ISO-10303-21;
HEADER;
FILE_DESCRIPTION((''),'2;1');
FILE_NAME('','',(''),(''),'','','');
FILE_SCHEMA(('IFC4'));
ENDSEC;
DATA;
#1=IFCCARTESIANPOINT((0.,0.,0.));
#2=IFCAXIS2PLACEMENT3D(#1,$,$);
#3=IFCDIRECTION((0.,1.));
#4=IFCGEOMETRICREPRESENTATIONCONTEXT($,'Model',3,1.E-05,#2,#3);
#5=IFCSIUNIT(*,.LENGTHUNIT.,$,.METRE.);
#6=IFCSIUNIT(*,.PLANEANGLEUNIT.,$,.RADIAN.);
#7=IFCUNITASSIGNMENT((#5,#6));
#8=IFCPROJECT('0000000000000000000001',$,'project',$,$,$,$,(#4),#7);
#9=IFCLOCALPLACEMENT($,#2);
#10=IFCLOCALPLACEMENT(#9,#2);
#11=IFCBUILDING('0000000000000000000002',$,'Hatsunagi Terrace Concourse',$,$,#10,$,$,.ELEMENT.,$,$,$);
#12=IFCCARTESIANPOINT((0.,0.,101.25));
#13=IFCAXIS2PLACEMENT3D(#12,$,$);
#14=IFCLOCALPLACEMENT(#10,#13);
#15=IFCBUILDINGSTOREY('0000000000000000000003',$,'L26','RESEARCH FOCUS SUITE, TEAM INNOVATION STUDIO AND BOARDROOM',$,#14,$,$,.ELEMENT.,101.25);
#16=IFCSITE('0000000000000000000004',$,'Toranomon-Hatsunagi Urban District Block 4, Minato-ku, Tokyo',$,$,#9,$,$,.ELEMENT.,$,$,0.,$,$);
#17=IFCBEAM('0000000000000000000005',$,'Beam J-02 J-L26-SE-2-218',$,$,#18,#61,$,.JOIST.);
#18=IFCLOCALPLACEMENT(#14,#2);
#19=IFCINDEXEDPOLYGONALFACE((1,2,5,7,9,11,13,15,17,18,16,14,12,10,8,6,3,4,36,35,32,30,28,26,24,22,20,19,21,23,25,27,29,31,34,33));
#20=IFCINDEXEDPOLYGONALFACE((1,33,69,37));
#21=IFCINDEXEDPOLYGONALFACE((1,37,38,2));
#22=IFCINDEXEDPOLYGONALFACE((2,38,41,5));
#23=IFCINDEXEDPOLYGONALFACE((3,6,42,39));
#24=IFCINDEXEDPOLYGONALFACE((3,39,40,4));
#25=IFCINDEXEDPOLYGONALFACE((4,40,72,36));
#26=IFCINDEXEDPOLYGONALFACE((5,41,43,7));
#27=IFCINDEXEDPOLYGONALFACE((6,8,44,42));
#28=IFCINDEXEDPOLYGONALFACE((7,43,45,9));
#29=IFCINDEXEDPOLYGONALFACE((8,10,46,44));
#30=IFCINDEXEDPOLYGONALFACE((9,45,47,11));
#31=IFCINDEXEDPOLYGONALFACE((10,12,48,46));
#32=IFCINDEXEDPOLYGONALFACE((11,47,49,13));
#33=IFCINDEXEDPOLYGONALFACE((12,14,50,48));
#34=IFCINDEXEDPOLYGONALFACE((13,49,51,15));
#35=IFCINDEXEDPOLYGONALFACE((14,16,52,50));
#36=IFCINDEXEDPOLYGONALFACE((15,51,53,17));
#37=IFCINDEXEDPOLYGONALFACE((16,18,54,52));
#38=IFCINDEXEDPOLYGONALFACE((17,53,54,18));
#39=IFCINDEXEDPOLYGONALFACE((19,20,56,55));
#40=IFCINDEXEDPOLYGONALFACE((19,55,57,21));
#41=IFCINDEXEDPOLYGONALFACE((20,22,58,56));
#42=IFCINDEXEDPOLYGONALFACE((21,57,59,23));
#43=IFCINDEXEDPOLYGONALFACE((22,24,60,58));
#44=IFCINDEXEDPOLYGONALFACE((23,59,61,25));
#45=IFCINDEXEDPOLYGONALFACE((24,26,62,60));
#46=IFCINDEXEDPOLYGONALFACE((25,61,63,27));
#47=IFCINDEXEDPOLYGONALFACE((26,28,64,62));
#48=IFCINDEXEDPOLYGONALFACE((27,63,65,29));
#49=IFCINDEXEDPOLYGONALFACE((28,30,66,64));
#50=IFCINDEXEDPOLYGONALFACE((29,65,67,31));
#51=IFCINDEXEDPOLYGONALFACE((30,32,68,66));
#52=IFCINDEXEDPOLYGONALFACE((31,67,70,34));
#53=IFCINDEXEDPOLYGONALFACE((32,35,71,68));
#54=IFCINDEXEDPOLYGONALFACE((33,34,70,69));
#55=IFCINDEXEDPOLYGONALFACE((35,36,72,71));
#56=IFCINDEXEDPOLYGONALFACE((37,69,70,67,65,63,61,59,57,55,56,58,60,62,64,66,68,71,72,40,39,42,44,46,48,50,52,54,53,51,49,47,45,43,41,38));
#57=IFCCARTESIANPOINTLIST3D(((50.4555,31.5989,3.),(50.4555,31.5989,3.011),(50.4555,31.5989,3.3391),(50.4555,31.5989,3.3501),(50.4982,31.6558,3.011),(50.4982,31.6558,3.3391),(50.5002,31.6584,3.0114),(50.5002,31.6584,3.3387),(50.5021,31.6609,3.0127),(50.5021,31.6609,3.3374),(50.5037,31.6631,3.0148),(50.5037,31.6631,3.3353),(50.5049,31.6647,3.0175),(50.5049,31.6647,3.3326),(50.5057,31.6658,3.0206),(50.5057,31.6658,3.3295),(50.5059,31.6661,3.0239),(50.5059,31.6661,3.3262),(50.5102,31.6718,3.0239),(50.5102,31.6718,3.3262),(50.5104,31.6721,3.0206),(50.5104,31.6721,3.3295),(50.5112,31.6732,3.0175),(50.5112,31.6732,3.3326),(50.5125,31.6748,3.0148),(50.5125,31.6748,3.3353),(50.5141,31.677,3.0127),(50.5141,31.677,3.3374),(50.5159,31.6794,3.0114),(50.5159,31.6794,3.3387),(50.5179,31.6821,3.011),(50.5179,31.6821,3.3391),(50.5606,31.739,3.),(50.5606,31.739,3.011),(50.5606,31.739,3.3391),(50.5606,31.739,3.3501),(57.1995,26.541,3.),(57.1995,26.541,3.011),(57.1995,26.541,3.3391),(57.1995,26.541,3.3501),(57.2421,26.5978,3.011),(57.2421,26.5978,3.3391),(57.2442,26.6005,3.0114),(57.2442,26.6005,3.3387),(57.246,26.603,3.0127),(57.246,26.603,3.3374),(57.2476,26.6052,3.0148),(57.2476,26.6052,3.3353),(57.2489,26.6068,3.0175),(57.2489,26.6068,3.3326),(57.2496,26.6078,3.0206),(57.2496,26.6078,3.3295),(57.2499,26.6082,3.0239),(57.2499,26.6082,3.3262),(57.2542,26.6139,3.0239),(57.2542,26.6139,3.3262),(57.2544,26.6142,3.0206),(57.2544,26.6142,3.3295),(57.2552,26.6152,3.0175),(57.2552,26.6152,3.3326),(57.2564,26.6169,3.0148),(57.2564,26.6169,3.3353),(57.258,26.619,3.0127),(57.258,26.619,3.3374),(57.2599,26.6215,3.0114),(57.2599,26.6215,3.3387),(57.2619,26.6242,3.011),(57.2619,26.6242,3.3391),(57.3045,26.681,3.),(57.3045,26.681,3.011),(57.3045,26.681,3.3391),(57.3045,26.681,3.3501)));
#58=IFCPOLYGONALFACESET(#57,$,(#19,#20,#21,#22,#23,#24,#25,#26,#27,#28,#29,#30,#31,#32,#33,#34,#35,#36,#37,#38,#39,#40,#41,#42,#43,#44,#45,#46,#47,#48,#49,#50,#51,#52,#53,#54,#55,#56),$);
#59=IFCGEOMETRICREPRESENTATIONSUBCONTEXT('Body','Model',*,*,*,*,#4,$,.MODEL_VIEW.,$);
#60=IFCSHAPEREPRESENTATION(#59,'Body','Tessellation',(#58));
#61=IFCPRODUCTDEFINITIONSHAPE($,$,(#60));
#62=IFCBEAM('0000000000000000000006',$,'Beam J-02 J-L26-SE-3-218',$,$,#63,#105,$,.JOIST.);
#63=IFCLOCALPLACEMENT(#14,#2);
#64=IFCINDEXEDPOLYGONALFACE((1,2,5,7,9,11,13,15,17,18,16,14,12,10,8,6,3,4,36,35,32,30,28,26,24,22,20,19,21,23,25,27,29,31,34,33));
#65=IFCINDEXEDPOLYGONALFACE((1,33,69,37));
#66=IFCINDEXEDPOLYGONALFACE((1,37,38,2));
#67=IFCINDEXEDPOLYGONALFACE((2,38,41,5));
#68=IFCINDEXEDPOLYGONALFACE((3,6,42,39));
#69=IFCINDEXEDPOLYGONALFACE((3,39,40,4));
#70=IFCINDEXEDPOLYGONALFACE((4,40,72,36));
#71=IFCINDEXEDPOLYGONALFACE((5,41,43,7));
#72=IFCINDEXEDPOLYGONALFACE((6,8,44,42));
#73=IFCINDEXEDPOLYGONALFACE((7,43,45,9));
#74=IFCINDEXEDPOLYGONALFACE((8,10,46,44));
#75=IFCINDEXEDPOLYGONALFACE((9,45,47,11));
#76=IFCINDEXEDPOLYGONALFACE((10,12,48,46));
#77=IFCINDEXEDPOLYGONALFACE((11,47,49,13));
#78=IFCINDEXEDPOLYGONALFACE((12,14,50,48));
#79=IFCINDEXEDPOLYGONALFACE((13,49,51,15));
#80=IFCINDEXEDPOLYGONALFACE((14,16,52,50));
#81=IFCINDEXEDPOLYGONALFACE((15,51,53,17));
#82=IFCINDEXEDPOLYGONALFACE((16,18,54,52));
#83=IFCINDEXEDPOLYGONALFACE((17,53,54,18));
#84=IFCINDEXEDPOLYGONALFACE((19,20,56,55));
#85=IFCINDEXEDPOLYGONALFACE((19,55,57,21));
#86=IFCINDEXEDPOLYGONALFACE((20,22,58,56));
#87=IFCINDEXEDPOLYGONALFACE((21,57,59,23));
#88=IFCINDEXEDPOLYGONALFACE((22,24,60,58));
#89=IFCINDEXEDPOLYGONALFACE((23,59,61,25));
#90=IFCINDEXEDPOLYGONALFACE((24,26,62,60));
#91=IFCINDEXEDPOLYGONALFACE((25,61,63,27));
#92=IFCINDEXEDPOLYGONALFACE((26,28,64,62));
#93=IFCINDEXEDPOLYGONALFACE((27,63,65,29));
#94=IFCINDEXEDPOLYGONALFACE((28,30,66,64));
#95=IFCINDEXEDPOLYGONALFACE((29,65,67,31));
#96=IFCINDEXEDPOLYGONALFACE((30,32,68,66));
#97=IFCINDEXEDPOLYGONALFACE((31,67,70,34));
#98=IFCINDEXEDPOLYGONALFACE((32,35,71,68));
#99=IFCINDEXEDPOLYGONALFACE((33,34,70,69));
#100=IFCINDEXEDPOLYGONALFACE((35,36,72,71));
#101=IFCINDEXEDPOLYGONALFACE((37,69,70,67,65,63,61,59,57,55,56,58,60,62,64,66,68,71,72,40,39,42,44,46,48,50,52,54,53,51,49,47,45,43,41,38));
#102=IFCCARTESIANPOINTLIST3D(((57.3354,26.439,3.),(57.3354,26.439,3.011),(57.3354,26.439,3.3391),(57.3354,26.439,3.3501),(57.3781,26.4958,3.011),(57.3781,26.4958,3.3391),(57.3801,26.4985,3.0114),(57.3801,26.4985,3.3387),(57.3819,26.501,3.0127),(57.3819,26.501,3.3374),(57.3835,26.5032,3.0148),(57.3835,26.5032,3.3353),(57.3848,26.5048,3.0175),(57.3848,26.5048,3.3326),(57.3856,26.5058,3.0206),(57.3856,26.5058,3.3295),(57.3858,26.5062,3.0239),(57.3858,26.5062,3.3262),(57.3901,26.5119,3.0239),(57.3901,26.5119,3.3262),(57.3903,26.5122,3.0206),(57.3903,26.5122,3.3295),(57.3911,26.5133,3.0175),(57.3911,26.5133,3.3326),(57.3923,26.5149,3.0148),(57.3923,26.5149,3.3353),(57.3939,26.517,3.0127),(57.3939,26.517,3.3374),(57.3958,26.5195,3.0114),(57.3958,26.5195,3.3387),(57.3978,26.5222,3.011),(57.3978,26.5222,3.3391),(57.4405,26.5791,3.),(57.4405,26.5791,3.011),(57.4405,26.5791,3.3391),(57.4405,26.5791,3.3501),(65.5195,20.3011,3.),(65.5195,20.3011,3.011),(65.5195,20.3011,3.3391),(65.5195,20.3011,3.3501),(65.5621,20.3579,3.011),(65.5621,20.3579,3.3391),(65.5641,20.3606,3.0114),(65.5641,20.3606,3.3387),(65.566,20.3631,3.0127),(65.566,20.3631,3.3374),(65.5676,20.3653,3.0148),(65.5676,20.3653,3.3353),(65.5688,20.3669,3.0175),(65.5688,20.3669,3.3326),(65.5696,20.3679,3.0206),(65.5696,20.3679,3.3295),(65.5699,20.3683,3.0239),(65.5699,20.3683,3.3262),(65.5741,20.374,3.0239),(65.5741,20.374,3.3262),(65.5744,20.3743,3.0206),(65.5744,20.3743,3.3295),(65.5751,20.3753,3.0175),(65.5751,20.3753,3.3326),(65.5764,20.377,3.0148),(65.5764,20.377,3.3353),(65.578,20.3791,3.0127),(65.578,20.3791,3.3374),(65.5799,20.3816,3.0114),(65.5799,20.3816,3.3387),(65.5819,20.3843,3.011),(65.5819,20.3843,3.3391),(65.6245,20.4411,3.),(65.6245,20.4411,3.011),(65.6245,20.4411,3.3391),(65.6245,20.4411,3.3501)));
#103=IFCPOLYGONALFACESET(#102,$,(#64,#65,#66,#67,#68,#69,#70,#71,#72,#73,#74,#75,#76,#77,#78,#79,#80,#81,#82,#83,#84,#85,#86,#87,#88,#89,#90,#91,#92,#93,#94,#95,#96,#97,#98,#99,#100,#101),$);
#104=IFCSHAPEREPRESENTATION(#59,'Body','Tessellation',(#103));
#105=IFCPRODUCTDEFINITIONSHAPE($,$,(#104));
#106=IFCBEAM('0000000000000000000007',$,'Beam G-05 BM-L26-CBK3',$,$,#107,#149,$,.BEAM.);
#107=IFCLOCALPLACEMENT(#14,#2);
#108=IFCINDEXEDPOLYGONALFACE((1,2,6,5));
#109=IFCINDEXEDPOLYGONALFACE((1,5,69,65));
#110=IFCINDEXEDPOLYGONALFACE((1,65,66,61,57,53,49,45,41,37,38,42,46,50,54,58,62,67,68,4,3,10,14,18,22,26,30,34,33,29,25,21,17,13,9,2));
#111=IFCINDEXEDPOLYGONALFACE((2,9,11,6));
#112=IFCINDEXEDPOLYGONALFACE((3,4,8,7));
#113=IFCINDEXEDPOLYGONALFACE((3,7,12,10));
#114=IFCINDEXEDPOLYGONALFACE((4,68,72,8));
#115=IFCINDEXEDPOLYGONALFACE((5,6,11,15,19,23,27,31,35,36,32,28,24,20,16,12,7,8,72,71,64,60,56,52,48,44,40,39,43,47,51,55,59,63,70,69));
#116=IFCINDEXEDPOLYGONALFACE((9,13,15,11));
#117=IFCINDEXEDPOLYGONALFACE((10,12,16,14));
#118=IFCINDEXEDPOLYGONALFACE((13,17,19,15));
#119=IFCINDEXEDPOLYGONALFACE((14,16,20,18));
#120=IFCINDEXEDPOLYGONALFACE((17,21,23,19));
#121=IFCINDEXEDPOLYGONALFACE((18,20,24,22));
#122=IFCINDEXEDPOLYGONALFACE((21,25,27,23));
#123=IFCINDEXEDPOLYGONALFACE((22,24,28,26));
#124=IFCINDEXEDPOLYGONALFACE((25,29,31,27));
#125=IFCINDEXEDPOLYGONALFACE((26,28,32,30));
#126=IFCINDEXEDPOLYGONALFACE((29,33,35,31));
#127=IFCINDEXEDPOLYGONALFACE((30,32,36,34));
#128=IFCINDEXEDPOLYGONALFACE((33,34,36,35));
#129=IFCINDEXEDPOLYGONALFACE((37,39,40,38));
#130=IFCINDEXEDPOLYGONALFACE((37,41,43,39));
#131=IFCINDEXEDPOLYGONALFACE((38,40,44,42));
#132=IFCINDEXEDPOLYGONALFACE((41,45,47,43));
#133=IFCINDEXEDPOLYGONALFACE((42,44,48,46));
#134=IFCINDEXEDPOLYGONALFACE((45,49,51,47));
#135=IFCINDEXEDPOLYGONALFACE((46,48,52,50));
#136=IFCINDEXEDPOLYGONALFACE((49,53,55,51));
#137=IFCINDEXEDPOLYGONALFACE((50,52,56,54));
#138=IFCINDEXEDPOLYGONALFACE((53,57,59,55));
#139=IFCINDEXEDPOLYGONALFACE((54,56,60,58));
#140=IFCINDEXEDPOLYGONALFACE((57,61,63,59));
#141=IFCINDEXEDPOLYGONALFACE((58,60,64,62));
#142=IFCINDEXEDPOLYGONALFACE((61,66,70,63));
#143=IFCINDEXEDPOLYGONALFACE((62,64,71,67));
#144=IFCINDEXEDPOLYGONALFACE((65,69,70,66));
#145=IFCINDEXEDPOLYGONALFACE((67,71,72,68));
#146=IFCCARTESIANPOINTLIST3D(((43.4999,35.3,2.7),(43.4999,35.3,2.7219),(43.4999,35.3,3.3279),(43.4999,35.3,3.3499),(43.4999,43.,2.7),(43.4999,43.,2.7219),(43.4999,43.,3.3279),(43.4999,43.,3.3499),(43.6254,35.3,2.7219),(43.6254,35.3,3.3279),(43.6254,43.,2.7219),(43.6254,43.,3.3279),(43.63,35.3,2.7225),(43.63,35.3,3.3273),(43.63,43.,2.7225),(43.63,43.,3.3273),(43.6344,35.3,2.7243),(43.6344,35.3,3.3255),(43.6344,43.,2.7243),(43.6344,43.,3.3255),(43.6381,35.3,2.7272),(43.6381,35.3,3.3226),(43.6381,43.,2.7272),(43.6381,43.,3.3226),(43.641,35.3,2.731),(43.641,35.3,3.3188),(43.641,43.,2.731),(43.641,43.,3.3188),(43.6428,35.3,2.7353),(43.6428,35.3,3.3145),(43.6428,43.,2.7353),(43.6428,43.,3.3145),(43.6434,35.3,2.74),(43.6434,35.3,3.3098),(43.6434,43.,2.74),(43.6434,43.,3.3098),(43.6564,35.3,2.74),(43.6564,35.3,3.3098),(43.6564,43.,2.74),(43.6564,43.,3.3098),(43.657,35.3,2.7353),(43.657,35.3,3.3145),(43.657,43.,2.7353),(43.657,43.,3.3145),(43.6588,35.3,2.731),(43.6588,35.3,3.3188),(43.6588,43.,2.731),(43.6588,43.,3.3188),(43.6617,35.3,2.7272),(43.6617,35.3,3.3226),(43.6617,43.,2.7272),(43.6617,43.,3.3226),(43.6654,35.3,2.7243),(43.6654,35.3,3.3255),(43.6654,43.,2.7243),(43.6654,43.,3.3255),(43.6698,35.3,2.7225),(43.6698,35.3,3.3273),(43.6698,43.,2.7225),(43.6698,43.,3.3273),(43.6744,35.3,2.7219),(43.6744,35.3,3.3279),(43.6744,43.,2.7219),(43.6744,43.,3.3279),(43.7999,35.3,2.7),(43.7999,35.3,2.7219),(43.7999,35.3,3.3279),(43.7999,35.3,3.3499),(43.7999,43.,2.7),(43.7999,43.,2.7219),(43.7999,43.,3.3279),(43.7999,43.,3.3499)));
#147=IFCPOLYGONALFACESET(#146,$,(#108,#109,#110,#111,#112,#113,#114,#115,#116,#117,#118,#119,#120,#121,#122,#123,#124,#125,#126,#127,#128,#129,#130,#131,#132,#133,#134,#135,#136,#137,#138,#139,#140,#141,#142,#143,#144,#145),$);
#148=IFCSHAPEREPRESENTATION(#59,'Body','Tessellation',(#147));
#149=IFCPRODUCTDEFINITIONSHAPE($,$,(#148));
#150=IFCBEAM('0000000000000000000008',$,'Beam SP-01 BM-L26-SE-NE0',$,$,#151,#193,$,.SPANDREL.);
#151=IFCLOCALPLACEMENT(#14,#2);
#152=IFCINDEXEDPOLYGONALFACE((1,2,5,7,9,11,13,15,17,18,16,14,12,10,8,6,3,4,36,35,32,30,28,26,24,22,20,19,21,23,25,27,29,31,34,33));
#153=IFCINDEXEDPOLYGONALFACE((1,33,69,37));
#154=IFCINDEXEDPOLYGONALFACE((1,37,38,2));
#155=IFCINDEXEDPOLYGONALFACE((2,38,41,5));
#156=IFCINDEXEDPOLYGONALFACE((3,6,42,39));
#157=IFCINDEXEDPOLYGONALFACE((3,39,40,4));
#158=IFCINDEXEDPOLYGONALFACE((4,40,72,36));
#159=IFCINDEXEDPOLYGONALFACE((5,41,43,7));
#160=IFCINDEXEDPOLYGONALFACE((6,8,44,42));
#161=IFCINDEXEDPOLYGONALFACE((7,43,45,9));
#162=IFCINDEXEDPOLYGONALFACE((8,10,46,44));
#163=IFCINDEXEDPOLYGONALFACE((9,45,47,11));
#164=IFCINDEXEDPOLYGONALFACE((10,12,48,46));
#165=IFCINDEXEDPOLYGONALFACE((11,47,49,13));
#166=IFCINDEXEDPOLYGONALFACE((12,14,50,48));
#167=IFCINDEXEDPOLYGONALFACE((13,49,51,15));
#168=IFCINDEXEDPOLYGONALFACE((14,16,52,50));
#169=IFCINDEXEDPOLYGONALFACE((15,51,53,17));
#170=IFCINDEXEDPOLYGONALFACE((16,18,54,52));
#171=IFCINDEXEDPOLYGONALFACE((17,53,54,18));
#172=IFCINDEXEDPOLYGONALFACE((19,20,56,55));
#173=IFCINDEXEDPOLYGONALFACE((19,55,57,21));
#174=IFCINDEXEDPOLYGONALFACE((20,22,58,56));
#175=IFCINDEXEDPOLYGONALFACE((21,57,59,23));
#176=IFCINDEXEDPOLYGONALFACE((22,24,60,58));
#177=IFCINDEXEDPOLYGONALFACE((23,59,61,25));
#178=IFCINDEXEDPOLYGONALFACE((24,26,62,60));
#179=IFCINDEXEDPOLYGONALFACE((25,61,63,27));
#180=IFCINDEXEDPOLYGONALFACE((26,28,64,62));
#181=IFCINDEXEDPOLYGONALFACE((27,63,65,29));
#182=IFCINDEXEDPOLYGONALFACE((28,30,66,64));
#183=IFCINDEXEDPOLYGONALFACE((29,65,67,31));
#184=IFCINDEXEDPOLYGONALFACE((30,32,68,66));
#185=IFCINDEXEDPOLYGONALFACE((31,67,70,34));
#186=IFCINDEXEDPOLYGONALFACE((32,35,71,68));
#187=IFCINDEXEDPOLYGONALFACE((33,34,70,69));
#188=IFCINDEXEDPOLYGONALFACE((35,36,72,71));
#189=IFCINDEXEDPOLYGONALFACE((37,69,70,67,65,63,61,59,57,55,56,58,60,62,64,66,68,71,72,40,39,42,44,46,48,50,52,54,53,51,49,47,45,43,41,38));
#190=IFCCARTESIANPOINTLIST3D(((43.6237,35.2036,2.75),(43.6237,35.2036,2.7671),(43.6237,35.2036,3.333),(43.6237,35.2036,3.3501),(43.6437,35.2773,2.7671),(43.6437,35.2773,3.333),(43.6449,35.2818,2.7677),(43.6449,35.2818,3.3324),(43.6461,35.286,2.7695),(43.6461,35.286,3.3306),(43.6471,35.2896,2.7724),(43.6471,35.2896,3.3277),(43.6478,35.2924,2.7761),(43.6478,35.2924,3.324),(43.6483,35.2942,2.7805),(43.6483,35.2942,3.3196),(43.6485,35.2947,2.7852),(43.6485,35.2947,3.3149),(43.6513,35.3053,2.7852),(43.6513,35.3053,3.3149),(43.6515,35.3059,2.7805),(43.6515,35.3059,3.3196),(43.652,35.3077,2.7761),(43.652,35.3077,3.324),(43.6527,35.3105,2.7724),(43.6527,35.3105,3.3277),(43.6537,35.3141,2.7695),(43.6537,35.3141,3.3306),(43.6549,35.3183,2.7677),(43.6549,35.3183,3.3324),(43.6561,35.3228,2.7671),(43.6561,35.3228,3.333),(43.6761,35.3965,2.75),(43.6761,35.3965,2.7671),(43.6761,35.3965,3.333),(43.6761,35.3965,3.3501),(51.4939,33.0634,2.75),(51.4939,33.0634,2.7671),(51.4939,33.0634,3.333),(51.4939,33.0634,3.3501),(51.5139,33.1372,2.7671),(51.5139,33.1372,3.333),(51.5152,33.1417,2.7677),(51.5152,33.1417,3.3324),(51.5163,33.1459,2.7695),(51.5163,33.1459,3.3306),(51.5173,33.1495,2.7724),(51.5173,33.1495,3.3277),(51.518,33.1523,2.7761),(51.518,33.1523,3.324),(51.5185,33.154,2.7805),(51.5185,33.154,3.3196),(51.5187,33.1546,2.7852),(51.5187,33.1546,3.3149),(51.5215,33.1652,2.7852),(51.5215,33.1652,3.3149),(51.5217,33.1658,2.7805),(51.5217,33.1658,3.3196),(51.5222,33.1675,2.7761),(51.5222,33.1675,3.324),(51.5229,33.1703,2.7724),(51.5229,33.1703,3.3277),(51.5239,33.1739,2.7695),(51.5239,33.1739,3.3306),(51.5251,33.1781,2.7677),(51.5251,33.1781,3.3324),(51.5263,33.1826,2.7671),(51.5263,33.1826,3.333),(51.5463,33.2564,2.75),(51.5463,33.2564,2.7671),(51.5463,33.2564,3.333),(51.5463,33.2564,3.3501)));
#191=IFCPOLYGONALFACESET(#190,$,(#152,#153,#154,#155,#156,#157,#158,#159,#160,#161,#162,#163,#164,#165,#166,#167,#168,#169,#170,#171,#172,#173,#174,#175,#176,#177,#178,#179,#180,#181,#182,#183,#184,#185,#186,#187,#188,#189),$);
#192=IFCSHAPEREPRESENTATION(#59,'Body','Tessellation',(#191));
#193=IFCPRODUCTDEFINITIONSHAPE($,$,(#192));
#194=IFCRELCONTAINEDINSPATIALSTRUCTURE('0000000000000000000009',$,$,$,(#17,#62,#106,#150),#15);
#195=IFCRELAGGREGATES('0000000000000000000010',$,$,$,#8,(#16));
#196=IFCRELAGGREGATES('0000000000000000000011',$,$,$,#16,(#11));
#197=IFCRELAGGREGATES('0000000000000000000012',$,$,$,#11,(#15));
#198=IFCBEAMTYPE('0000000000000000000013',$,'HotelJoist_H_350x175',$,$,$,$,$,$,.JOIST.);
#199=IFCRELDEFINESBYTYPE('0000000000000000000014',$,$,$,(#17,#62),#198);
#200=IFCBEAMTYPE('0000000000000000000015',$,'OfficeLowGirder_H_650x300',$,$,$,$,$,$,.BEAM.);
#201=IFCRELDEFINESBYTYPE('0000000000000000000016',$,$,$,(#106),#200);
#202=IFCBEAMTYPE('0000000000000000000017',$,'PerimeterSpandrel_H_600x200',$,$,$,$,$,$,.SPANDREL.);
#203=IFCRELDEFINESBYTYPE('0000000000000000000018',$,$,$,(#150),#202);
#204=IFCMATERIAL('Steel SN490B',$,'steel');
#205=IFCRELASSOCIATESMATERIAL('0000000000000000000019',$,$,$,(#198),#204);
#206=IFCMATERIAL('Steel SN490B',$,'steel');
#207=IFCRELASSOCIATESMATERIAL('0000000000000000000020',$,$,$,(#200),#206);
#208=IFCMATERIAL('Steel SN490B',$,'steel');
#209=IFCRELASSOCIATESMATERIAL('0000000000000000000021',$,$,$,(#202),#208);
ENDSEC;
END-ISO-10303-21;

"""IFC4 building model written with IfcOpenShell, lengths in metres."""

from ifc_helpers import new_model, si_unit, direction, frame, origin, origin_2d, place, context, subcontext, project, spatial, i_section, extrude, material, material_profile, profile_set, type_object, element, save


model = new_model("IFC4")

# Units and contexts
model_context = context("Model", 3, precision=1e-05, world=origin(), true_north=direction((0.0, 1.0)))
body_context = subcontext(model_context, "Body", "Model", "MODEL_VIEW")
ifc_project = project(units=[si_unit("LENGTHUNIT", "METRE"), si_unit("PLANEANGLEUNIT", "RADIAN")], contexts=[model_context])

# Site, building, storey
site_placement = place(None, origin())
site = spatial("IfcSite", under=ifc_project, at=site_placement, Name="Toranomon-Hatsunagi Urban District Block 4, Minato-ku, Tokyo", CompositionType="ELEMENT", RefElevation=0.0)
building_placement = place(site_placement, origin())
building = spatial("IfcBuilding", under=site, at=building_placement, Name="Hatsunagi Terrace Concourse", CompositionType="ELEMENT")
storey_placement = place(building_placement, frame((0.0, 0.0, 101.25)))
storey = spatial("IfcBuildingStorey", under=building, at=storey_placement, Name="L26", Description="RESEARCH FOCUS SUITE, TEAM INNOVATION STUDIO AND BOARDROOM", CompositionType="ELEMENT", Elevation=101.25)

# Beams
ifc_material_1 = material(Name="Steel SN490B", Category="steel")
ifc_material_profile_1 = material_profile(ifc_material_1, i_section(OverallWidth=0.175, OverallDepth=0.3501, WebThickness=0.0071, FlangeThickness=0.011, FilletRadius=0.0129, at=origin_2d()), Name="H-350x175x7x11")
ifc_profile_set_1 = profile_set([ifc_material_profile_1], Name="Steel SN490B")
beam_type_1 = type_object("IfcBeamType", Name="HotelJoist_H_350x175", PredefinedType="JOIST", material=ifc_profile_set_1)
for number, where, z_axis, x_axis, name in (
    (1, (50.5081, 31.6689, 3.175), (0.800003, -0.599995, 0.0), (0.599995, 0.800003, 0.0), "Beam J-02 J-L26-SE-2-218"),
):
    element("IfcBeam", number, at=place(storey_placement, frame(where, z_axis=z_axis, x_axis=x_axis)), inside=storey, type_object=beam_type_1, Name=name, PredefinedType="JOIST", context=body_context, shape_type="SweptSolid", body=[
        extrude(i_section(OverallWidth=0.175, OverallDepth=0.3501, WebThickness=0.0071, FlangeThickness=0.011, FilletRadius=0.0129, at=origin_2d()), origin(), (0.0, 0.0, 1.0), 8.4299),
    ])
beam_1_placement = place(storey_placement, frame((57.3879, 26.509, 3.175), z_axis=(0.800006, -0.599992, 0.0), x_axis=(0.599992, 0.800006, 0.0)))
element("IfcBeam", 2, at=beam_1_placement, inside=storey, type_object=beam_type_1, Name="Beam J-02 J-L26-SE-3-218", PredefinedType="JOIST", context=body_context, shape_type="SweptSolid", body=[
    extrude(i_section(OverallWidth=0.175, OverallDepth=0.3501, WebThickness=0.0071, FlangeThickness=0.011, FilletRadius=0.0129, at=origin_2d()), origin(), (0.0, 0.0, 1.0), 10.23),
])
ifc_material_2 = material(Name="Steel SN490B", Category="steel")
ifc_material_profile_2 = material_profile(ifc_material_2, i_section(OverallWidth=0.3, OverallDepth=0.6499, WebThickness=0.0129, FlangeThickness=0.022, FilletRadius=0.0181, at=origin_2d()), Name="H-650x300x13x22")
ifc_profile_set_2 = profile_set([ifc_material_profile_2], Name="Steel SN490B")
beam_type_2 = type_object("IfcBeamType", Name="OfficeLowGirder_H_650x300", PredefinedType="BEAM", material=ifc_profile_set_2)
beam_2_placement = place(storey_placement, frame((43.6499, 35.3, 3.0249), z_axis=(0.0, 1.0, 0.0), x_axis=(-1.0, 0.0, 0.0)))
element("IfcBeam", 3, at=beam_2_placement, inside=storey, type_object=beam_type_2, Name="Beam G-05 BM-L26-CBK3", PredefinedType="BEAM", context=body_context, shape_type="SweptSolid", body=[
    extrude(i_section(OverallWidth=0.3, OverallDepth=0.6499, WebThickness=0.0129, FlangeThickness=0.022, FilletRadius=0.0181, at=origin_2d()), origin(), (0.0, 0.0, 1.0), 7.7),
])
ifc_material_3 = material(Name="Steel SN490B", Category="steel")
ifc_material_profile_3 = material_profile(ifc_material_3, i_section(OverallWidth=0.2, OverallDepth=0.6001, WebThickness=0.011, FlangeThickness=0.0171, FilletRadius=0.0181, at=origin_2d()), Name="H-600x200x11x17")
ifc_profile_set_3 = profile_set([ifc_material_profile_3], Name="Steel SN490B")
beam_type_3 = type_object("IfcBeamType", Name="PerimeterSpandrel_H_600x200", PredefinedType="SPANDREL", material=ifc_profile_set_3)
beam_3_placement = place(storey_placement, frame((43.6499, 35.3, 3.05), z_axis=(0.964958, -0.262403, 0.0), x_axis=(0.262403, 0.964958, 0.0)))
element("IfcBeam", 4, at=beam_3_placement, inside=storey, type_object=beam_type_3, Name="Beam SP-01 BM-L26-SE-NE0", PredefinedType="SPANDREL", context=body_context, shape_type="SweptSolid", body=[
    extrude(i_section(OverallWidth=0.2, OverallDepth=0.6001, WebThickness=0.011, FlangeThickness=0.0171, FilletRadius=0.0181, at=origin_2d()), origin(), (0.0, 0.0, 1.0), 8.156),
])

save(model, "model.ifc")
